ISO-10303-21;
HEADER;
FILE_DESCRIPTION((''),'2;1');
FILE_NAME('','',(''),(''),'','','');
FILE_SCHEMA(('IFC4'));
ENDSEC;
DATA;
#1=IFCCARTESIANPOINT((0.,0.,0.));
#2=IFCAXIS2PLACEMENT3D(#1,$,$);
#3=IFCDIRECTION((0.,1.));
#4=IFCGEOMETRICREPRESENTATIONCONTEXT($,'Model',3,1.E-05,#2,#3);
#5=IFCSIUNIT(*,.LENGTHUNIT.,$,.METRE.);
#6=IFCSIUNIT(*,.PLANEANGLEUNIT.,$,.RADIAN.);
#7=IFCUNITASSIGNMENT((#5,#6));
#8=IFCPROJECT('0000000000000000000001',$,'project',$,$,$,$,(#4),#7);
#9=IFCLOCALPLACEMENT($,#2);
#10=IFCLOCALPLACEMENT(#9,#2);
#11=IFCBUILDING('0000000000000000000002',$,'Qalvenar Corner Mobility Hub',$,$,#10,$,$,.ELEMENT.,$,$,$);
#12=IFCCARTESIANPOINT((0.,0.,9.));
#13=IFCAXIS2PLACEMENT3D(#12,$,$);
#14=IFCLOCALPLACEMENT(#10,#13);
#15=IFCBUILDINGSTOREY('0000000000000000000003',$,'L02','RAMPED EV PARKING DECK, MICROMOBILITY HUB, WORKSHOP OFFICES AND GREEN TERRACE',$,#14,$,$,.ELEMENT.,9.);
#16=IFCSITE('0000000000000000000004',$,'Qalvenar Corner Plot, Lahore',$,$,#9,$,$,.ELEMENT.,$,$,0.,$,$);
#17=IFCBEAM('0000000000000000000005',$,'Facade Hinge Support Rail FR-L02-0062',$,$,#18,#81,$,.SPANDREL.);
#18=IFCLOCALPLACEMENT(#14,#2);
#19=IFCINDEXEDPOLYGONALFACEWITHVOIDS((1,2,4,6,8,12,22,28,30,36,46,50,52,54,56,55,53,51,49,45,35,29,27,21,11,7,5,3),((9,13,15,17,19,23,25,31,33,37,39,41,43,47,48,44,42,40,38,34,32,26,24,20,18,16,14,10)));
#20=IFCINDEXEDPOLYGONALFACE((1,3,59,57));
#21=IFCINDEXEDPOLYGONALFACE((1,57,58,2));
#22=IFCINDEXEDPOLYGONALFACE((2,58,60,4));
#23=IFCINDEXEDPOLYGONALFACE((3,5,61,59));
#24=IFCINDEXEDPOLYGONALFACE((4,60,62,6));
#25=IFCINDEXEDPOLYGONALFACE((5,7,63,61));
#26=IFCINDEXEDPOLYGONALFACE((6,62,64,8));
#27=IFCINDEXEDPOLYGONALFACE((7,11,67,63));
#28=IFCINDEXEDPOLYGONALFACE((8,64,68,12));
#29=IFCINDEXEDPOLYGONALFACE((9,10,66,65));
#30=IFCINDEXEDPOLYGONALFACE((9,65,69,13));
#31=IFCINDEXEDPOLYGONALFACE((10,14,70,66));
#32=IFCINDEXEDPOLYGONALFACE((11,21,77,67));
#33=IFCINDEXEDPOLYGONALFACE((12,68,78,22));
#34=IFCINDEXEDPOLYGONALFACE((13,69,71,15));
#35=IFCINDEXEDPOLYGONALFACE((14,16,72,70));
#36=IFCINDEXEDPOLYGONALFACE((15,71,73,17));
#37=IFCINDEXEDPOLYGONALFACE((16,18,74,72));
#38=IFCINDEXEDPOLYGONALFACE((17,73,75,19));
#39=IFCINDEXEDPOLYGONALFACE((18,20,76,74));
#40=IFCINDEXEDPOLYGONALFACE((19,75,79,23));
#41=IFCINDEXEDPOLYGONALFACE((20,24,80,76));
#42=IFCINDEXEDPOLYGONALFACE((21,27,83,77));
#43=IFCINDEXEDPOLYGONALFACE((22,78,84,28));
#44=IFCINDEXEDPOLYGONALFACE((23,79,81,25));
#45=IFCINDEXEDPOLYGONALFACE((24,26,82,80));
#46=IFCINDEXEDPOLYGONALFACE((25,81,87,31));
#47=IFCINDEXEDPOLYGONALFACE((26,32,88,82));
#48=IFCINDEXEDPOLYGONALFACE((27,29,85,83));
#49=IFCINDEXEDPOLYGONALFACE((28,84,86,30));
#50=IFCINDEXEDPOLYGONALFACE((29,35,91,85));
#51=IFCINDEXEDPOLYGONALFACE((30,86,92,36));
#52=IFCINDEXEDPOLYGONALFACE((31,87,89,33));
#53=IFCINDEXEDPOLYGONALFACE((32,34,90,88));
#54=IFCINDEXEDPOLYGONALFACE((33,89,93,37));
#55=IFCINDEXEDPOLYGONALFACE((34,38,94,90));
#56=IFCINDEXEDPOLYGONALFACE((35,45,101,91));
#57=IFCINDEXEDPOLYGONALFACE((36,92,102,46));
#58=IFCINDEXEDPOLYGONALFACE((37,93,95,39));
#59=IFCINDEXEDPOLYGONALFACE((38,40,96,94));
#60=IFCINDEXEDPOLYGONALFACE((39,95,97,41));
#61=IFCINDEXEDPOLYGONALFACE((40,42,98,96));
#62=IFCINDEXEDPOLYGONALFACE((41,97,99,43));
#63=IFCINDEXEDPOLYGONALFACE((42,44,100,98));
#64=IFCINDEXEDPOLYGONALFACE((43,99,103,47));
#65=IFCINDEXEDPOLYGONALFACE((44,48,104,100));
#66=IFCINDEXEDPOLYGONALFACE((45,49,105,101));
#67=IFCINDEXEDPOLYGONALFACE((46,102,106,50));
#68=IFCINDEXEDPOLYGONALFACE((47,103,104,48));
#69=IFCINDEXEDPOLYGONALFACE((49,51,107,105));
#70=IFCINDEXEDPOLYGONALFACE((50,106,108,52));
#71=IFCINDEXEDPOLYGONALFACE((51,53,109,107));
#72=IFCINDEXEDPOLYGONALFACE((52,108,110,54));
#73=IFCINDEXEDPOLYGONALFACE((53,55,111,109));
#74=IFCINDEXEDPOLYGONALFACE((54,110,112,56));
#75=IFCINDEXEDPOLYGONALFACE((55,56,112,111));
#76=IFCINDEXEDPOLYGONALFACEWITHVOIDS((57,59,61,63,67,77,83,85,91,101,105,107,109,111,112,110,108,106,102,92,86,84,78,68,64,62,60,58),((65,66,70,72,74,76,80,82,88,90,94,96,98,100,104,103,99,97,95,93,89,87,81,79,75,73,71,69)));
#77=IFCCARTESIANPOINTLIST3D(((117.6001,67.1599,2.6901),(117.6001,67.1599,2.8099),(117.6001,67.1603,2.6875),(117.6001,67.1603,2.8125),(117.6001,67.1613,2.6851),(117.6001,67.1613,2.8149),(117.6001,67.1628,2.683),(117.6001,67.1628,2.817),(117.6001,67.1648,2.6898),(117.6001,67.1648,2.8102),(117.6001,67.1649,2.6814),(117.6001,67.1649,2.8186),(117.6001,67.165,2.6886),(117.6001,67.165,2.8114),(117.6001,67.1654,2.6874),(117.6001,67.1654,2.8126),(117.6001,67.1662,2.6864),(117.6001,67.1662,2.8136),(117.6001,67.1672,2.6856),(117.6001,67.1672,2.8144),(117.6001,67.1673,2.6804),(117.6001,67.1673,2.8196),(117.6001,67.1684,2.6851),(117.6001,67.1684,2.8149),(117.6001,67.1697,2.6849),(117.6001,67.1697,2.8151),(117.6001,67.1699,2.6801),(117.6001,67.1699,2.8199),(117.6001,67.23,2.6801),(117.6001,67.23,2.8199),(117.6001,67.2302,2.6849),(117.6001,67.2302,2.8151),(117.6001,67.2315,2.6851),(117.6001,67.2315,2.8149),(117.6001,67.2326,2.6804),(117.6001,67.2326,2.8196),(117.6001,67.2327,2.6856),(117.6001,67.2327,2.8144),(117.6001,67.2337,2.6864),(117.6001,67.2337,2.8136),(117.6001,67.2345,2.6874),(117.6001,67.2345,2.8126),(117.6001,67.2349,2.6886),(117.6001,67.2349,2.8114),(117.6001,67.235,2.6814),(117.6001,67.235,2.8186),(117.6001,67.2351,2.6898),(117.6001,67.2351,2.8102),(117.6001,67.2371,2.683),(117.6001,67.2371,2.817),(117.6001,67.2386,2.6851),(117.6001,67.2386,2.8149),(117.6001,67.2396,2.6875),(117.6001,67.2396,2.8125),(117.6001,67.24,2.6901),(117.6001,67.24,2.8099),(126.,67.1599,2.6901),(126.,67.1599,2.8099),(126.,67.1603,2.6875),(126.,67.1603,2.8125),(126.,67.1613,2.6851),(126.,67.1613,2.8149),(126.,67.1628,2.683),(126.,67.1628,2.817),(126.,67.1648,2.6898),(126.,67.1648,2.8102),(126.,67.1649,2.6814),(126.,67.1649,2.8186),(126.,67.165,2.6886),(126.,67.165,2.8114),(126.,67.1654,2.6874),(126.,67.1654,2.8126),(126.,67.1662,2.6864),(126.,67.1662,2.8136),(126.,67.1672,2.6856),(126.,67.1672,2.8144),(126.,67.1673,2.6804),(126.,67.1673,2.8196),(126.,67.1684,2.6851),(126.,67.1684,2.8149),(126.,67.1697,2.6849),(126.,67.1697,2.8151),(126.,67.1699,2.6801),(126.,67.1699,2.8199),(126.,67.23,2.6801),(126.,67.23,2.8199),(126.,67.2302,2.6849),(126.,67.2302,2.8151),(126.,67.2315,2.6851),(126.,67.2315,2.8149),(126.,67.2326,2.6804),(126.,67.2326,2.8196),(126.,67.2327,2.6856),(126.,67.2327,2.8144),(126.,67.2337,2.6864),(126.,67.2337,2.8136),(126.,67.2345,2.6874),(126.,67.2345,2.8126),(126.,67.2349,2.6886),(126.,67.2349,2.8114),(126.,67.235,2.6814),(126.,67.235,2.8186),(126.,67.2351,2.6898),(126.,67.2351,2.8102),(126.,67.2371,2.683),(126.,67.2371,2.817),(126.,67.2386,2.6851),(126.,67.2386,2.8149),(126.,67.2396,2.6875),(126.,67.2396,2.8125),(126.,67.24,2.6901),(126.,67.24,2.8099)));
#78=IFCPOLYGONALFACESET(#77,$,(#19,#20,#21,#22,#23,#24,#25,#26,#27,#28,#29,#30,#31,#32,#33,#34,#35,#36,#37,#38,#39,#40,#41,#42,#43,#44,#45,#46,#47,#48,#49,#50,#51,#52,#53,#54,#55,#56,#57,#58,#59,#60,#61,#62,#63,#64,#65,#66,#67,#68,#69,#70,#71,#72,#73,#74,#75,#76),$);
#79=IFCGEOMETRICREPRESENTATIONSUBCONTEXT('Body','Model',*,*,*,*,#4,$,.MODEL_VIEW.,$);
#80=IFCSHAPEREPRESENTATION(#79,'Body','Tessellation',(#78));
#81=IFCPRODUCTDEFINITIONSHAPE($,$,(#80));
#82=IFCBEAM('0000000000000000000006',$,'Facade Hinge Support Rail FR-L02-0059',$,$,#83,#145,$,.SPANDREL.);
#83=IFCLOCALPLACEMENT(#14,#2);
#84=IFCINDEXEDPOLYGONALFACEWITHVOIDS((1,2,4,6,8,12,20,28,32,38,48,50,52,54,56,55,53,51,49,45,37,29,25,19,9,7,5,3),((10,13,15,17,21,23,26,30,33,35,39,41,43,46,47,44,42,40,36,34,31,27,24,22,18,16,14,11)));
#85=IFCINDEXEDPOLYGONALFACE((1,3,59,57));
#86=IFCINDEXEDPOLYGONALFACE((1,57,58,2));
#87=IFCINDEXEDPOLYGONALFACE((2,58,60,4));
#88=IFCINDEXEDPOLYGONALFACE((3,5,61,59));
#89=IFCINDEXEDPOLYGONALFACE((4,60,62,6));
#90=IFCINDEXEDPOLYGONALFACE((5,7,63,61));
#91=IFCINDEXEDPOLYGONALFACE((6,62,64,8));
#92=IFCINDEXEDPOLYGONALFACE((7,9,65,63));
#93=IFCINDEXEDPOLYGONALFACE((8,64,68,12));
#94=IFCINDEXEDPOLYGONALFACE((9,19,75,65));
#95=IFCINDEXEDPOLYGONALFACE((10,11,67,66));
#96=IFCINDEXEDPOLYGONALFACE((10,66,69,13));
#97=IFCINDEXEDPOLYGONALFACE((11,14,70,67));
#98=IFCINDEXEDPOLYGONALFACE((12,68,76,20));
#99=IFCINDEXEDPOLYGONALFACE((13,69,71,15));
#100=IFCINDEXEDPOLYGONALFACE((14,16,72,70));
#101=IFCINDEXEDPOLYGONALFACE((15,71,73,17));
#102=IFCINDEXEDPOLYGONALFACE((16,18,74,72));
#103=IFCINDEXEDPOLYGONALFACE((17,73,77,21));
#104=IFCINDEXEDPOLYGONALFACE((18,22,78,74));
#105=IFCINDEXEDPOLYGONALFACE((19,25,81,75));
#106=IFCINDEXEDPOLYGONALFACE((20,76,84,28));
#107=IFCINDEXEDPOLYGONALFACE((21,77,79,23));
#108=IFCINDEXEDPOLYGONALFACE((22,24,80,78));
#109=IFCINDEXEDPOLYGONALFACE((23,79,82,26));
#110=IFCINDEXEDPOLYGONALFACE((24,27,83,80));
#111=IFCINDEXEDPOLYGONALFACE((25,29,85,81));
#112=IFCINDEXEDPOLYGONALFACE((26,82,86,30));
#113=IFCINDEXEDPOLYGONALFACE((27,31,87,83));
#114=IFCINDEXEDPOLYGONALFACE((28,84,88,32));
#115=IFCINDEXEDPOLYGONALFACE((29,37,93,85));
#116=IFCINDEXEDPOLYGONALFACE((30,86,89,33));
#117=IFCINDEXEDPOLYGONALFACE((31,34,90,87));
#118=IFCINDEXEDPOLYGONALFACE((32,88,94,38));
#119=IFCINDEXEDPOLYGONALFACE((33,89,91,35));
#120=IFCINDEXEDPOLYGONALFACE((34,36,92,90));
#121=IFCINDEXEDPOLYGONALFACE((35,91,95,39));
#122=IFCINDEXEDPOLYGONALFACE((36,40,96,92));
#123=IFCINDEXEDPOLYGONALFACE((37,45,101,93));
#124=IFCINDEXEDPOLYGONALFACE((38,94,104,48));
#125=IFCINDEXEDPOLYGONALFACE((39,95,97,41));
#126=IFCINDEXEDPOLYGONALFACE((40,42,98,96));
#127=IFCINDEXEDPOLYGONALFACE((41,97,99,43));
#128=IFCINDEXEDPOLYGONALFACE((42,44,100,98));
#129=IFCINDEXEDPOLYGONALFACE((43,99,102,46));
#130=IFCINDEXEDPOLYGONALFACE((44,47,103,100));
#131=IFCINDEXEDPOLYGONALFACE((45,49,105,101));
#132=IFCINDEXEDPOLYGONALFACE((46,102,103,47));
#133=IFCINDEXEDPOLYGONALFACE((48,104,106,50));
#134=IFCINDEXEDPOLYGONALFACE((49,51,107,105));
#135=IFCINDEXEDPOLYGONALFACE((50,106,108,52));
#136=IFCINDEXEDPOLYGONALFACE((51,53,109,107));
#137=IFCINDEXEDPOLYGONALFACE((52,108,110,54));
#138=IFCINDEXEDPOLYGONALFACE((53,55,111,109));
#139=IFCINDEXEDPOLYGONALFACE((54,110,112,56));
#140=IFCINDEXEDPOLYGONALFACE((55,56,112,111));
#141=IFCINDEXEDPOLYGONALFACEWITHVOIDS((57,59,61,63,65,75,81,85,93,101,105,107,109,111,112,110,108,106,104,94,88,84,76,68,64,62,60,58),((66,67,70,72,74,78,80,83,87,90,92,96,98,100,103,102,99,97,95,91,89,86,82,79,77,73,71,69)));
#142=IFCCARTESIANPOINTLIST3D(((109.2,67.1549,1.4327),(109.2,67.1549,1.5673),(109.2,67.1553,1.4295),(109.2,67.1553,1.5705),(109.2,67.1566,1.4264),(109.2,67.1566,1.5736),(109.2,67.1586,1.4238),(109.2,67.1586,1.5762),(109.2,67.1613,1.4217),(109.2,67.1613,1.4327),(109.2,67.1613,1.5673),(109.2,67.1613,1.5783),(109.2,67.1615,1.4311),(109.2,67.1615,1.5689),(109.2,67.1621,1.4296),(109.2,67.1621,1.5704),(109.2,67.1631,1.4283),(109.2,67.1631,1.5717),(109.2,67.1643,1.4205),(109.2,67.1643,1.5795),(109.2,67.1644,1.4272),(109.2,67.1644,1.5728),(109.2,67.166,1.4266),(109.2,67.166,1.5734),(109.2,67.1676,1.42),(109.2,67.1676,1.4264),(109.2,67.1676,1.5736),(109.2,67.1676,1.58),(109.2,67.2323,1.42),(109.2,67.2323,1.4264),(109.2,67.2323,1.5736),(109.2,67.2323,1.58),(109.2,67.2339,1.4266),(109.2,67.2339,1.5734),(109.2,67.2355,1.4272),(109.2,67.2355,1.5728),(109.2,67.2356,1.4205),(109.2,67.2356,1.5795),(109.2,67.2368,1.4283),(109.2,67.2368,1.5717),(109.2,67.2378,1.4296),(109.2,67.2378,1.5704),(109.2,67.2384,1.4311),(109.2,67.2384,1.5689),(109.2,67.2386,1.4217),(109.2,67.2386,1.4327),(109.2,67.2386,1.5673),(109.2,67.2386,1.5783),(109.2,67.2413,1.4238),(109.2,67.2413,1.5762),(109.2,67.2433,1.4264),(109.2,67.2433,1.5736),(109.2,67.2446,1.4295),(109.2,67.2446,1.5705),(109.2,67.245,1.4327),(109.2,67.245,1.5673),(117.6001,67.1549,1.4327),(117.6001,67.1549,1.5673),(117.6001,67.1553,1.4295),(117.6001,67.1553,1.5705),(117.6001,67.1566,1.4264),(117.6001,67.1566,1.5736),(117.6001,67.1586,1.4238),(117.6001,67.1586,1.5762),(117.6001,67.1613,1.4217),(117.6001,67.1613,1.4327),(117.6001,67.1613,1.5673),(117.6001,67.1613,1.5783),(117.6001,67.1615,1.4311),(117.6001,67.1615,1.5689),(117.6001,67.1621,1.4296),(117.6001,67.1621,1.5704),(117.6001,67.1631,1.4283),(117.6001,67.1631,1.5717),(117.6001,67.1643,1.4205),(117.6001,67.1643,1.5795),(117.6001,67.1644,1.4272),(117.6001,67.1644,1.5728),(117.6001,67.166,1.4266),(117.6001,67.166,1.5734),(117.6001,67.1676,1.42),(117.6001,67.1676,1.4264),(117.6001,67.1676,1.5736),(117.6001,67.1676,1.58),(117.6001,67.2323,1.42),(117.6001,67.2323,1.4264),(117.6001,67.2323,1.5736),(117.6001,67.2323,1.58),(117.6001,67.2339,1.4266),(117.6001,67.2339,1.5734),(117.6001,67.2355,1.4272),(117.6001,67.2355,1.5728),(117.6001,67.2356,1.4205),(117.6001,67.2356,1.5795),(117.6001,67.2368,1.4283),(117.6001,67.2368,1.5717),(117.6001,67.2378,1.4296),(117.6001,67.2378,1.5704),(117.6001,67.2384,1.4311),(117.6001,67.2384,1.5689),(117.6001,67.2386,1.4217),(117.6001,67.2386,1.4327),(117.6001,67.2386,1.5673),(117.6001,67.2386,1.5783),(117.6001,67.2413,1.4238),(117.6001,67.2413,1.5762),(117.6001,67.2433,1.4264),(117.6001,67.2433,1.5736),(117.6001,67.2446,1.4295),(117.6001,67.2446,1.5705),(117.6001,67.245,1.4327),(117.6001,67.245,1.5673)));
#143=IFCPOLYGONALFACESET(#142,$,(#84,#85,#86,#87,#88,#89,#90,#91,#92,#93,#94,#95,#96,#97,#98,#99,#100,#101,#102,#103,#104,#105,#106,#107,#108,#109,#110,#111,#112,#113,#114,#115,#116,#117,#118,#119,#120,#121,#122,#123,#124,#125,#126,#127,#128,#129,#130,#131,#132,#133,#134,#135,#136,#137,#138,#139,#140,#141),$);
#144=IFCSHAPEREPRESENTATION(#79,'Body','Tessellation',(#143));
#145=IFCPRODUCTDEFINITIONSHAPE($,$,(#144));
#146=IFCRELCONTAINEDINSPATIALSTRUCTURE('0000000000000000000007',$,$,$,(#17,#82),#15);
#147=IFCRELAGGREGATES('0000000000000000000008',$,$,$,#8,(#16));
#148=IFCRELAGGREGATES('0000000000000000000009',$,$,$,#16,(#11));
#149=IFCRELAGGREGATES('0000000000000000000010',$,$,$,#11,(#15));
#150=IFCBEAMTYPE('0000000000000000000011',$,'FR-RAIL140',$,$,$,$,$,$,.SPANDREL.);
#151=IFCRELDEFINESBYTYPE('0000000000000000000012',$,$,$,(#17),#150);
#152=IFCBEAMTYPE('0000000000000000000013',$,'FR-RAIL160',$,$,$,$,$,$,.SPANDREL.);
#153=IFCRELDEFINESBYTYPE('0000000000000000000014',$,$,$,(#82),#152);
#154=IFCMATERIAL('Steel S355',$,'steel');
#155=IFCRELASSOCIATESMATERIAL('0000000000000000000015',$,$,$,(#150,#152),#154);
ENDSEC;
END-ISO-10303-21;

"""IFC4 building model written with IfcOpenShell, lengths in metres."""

from ifc_helpers import new_model, si_unit, direction, frame, origin, origin_2d, place, context, subcontext, project, spatial, hollow_rectangle, extrude, material, material_profile, profile_set, type_object, element, save


model = new_model("IFC4")

# Units and contexts
model_context = context("Model", 3, precision=1e-05, world=origin(), true_north=direction((0.0, 1.0)))
body_context = subcontext(model_context, "Body", "Model", "MODEL_VIEW")
ifc_project = project(units=[si_unit("LENGTHUNIT", "METRE"), si_unit("PLANEANGLEUNIT", "RADIAN")], contexts=[model_context])

# Site, building, storey
site_placement = place(None, origin())
site = spatial("IfcSite", under=ifc_project, at=site_placement, Name="Qalvenar Corner Plot, Lahore", CompositionType="ELEMENT", RefElevation=0.0)
building_placement = place(site_placement, origin())
building = spatial("IfcBuilding", under=site, at=building_placement, Name="Qalvenar Corner Mobility Hub", CompositionType="ELEMENT")
storey_placement = place(building_placement, frame((0.0, 0.0, 9.0)))
storey = spatial("IfcBuildingStorey", under=building, at=storey_placement, Name="L02", Description="RAMPED EV PARKING DECK, MICROMOBILITY HUB, WORKSHOP OFFICES AND GREEN TERRACE", CompositionType="ELEMENT", Elevation=9.0)

# Shared definitions
ifc_material = material(Name="Steel S355", Category="steel")

# Beams
ifc_material_profile_1 = material_profile(ifc_material, hollow_rectangle(XDim=0.0801, YDim=0.1399, WallThickness=0.0049, InnerFilletRadius=0.0049, OuterFilletRadius=0.01, at=origin_2d()), Name="RHS140x80x5")
ifc_profile_set_1 = profile_set([ifc_material_profile_1], Name="Steel S355")
beam_type_1 = type_object("IfcBeamType", Name="FR-RAIL140", PredefinedType="SPANDREL", material=ifc_profile_set_1)
beam_1_placement = place(storey_placement, frame((117.6001, 67.2, 2.75), z_axis=(1.0, 0.0, 0.0), x_axis=(0.0, 1.0, 0.0)))
element("IfcBeam", 1, at=beam_1_placement, inside=storey, type_object=beam_type_1, Name="Facade Hinge Support Rail FR-L02-0062", PredefinedType="SPANDREL", context=body_context, shape_type="SweptSolid", body=[
    extrude(hollow_rectangle(XDim=0.0801, YDim=0.1399, WallThickness=0.0049, InnerFilletRadius=0.0049, OuterFilletRadius=0.01, at=origin_2d()), origin(), (0.0, 0.0, 1.0), 8.3999),
])
ifc_material_profile_2 = material_profile(ifc_material, hollow_rectangle(XDim=0.0901, YDim=0.1599, WallThickness=0.0063, InnerFilletRadius=0.0063, OuterFilletRadius=0.0127, at=origin_2d()), Name="RHS160x90x6.3")
ifc_profile_set_2 = profile_set([ifc_material_profile_2], Name="Steel S355")
beam_type_2 = type_object("IfcBeamType", Name="FR-RAIL160", PredefinedType="SPANDREL", material=ifc_profile_set_2)
beam_2_placement = place(storey_placement, frame((109.2, 67.2, 1.5), z_axis=(1.0, 0.0, 0.0), x_axis=(0.0, 1.0, 0.0)))
element("IfcBeam", 2, at=beam_2_placement, inside=storey, type_object=beam_type_2, Name="Facade Hinge Support Rail FR-L02-0059", PredefinedType="SPANDREL", context=body_context, shape_type="SweptSolid", body=[
    extrude(hollow_rectangle(XDim=0.0901, YDim=0.1599, WallThickness=0.0063, InnerFilletRadius=0.0063, OuterFilletRadius=0.0127, at=origin_2d()), origin(), (0.0, 0.0, 1.0), 8.4001),
])

save(model, "model.ifc")
